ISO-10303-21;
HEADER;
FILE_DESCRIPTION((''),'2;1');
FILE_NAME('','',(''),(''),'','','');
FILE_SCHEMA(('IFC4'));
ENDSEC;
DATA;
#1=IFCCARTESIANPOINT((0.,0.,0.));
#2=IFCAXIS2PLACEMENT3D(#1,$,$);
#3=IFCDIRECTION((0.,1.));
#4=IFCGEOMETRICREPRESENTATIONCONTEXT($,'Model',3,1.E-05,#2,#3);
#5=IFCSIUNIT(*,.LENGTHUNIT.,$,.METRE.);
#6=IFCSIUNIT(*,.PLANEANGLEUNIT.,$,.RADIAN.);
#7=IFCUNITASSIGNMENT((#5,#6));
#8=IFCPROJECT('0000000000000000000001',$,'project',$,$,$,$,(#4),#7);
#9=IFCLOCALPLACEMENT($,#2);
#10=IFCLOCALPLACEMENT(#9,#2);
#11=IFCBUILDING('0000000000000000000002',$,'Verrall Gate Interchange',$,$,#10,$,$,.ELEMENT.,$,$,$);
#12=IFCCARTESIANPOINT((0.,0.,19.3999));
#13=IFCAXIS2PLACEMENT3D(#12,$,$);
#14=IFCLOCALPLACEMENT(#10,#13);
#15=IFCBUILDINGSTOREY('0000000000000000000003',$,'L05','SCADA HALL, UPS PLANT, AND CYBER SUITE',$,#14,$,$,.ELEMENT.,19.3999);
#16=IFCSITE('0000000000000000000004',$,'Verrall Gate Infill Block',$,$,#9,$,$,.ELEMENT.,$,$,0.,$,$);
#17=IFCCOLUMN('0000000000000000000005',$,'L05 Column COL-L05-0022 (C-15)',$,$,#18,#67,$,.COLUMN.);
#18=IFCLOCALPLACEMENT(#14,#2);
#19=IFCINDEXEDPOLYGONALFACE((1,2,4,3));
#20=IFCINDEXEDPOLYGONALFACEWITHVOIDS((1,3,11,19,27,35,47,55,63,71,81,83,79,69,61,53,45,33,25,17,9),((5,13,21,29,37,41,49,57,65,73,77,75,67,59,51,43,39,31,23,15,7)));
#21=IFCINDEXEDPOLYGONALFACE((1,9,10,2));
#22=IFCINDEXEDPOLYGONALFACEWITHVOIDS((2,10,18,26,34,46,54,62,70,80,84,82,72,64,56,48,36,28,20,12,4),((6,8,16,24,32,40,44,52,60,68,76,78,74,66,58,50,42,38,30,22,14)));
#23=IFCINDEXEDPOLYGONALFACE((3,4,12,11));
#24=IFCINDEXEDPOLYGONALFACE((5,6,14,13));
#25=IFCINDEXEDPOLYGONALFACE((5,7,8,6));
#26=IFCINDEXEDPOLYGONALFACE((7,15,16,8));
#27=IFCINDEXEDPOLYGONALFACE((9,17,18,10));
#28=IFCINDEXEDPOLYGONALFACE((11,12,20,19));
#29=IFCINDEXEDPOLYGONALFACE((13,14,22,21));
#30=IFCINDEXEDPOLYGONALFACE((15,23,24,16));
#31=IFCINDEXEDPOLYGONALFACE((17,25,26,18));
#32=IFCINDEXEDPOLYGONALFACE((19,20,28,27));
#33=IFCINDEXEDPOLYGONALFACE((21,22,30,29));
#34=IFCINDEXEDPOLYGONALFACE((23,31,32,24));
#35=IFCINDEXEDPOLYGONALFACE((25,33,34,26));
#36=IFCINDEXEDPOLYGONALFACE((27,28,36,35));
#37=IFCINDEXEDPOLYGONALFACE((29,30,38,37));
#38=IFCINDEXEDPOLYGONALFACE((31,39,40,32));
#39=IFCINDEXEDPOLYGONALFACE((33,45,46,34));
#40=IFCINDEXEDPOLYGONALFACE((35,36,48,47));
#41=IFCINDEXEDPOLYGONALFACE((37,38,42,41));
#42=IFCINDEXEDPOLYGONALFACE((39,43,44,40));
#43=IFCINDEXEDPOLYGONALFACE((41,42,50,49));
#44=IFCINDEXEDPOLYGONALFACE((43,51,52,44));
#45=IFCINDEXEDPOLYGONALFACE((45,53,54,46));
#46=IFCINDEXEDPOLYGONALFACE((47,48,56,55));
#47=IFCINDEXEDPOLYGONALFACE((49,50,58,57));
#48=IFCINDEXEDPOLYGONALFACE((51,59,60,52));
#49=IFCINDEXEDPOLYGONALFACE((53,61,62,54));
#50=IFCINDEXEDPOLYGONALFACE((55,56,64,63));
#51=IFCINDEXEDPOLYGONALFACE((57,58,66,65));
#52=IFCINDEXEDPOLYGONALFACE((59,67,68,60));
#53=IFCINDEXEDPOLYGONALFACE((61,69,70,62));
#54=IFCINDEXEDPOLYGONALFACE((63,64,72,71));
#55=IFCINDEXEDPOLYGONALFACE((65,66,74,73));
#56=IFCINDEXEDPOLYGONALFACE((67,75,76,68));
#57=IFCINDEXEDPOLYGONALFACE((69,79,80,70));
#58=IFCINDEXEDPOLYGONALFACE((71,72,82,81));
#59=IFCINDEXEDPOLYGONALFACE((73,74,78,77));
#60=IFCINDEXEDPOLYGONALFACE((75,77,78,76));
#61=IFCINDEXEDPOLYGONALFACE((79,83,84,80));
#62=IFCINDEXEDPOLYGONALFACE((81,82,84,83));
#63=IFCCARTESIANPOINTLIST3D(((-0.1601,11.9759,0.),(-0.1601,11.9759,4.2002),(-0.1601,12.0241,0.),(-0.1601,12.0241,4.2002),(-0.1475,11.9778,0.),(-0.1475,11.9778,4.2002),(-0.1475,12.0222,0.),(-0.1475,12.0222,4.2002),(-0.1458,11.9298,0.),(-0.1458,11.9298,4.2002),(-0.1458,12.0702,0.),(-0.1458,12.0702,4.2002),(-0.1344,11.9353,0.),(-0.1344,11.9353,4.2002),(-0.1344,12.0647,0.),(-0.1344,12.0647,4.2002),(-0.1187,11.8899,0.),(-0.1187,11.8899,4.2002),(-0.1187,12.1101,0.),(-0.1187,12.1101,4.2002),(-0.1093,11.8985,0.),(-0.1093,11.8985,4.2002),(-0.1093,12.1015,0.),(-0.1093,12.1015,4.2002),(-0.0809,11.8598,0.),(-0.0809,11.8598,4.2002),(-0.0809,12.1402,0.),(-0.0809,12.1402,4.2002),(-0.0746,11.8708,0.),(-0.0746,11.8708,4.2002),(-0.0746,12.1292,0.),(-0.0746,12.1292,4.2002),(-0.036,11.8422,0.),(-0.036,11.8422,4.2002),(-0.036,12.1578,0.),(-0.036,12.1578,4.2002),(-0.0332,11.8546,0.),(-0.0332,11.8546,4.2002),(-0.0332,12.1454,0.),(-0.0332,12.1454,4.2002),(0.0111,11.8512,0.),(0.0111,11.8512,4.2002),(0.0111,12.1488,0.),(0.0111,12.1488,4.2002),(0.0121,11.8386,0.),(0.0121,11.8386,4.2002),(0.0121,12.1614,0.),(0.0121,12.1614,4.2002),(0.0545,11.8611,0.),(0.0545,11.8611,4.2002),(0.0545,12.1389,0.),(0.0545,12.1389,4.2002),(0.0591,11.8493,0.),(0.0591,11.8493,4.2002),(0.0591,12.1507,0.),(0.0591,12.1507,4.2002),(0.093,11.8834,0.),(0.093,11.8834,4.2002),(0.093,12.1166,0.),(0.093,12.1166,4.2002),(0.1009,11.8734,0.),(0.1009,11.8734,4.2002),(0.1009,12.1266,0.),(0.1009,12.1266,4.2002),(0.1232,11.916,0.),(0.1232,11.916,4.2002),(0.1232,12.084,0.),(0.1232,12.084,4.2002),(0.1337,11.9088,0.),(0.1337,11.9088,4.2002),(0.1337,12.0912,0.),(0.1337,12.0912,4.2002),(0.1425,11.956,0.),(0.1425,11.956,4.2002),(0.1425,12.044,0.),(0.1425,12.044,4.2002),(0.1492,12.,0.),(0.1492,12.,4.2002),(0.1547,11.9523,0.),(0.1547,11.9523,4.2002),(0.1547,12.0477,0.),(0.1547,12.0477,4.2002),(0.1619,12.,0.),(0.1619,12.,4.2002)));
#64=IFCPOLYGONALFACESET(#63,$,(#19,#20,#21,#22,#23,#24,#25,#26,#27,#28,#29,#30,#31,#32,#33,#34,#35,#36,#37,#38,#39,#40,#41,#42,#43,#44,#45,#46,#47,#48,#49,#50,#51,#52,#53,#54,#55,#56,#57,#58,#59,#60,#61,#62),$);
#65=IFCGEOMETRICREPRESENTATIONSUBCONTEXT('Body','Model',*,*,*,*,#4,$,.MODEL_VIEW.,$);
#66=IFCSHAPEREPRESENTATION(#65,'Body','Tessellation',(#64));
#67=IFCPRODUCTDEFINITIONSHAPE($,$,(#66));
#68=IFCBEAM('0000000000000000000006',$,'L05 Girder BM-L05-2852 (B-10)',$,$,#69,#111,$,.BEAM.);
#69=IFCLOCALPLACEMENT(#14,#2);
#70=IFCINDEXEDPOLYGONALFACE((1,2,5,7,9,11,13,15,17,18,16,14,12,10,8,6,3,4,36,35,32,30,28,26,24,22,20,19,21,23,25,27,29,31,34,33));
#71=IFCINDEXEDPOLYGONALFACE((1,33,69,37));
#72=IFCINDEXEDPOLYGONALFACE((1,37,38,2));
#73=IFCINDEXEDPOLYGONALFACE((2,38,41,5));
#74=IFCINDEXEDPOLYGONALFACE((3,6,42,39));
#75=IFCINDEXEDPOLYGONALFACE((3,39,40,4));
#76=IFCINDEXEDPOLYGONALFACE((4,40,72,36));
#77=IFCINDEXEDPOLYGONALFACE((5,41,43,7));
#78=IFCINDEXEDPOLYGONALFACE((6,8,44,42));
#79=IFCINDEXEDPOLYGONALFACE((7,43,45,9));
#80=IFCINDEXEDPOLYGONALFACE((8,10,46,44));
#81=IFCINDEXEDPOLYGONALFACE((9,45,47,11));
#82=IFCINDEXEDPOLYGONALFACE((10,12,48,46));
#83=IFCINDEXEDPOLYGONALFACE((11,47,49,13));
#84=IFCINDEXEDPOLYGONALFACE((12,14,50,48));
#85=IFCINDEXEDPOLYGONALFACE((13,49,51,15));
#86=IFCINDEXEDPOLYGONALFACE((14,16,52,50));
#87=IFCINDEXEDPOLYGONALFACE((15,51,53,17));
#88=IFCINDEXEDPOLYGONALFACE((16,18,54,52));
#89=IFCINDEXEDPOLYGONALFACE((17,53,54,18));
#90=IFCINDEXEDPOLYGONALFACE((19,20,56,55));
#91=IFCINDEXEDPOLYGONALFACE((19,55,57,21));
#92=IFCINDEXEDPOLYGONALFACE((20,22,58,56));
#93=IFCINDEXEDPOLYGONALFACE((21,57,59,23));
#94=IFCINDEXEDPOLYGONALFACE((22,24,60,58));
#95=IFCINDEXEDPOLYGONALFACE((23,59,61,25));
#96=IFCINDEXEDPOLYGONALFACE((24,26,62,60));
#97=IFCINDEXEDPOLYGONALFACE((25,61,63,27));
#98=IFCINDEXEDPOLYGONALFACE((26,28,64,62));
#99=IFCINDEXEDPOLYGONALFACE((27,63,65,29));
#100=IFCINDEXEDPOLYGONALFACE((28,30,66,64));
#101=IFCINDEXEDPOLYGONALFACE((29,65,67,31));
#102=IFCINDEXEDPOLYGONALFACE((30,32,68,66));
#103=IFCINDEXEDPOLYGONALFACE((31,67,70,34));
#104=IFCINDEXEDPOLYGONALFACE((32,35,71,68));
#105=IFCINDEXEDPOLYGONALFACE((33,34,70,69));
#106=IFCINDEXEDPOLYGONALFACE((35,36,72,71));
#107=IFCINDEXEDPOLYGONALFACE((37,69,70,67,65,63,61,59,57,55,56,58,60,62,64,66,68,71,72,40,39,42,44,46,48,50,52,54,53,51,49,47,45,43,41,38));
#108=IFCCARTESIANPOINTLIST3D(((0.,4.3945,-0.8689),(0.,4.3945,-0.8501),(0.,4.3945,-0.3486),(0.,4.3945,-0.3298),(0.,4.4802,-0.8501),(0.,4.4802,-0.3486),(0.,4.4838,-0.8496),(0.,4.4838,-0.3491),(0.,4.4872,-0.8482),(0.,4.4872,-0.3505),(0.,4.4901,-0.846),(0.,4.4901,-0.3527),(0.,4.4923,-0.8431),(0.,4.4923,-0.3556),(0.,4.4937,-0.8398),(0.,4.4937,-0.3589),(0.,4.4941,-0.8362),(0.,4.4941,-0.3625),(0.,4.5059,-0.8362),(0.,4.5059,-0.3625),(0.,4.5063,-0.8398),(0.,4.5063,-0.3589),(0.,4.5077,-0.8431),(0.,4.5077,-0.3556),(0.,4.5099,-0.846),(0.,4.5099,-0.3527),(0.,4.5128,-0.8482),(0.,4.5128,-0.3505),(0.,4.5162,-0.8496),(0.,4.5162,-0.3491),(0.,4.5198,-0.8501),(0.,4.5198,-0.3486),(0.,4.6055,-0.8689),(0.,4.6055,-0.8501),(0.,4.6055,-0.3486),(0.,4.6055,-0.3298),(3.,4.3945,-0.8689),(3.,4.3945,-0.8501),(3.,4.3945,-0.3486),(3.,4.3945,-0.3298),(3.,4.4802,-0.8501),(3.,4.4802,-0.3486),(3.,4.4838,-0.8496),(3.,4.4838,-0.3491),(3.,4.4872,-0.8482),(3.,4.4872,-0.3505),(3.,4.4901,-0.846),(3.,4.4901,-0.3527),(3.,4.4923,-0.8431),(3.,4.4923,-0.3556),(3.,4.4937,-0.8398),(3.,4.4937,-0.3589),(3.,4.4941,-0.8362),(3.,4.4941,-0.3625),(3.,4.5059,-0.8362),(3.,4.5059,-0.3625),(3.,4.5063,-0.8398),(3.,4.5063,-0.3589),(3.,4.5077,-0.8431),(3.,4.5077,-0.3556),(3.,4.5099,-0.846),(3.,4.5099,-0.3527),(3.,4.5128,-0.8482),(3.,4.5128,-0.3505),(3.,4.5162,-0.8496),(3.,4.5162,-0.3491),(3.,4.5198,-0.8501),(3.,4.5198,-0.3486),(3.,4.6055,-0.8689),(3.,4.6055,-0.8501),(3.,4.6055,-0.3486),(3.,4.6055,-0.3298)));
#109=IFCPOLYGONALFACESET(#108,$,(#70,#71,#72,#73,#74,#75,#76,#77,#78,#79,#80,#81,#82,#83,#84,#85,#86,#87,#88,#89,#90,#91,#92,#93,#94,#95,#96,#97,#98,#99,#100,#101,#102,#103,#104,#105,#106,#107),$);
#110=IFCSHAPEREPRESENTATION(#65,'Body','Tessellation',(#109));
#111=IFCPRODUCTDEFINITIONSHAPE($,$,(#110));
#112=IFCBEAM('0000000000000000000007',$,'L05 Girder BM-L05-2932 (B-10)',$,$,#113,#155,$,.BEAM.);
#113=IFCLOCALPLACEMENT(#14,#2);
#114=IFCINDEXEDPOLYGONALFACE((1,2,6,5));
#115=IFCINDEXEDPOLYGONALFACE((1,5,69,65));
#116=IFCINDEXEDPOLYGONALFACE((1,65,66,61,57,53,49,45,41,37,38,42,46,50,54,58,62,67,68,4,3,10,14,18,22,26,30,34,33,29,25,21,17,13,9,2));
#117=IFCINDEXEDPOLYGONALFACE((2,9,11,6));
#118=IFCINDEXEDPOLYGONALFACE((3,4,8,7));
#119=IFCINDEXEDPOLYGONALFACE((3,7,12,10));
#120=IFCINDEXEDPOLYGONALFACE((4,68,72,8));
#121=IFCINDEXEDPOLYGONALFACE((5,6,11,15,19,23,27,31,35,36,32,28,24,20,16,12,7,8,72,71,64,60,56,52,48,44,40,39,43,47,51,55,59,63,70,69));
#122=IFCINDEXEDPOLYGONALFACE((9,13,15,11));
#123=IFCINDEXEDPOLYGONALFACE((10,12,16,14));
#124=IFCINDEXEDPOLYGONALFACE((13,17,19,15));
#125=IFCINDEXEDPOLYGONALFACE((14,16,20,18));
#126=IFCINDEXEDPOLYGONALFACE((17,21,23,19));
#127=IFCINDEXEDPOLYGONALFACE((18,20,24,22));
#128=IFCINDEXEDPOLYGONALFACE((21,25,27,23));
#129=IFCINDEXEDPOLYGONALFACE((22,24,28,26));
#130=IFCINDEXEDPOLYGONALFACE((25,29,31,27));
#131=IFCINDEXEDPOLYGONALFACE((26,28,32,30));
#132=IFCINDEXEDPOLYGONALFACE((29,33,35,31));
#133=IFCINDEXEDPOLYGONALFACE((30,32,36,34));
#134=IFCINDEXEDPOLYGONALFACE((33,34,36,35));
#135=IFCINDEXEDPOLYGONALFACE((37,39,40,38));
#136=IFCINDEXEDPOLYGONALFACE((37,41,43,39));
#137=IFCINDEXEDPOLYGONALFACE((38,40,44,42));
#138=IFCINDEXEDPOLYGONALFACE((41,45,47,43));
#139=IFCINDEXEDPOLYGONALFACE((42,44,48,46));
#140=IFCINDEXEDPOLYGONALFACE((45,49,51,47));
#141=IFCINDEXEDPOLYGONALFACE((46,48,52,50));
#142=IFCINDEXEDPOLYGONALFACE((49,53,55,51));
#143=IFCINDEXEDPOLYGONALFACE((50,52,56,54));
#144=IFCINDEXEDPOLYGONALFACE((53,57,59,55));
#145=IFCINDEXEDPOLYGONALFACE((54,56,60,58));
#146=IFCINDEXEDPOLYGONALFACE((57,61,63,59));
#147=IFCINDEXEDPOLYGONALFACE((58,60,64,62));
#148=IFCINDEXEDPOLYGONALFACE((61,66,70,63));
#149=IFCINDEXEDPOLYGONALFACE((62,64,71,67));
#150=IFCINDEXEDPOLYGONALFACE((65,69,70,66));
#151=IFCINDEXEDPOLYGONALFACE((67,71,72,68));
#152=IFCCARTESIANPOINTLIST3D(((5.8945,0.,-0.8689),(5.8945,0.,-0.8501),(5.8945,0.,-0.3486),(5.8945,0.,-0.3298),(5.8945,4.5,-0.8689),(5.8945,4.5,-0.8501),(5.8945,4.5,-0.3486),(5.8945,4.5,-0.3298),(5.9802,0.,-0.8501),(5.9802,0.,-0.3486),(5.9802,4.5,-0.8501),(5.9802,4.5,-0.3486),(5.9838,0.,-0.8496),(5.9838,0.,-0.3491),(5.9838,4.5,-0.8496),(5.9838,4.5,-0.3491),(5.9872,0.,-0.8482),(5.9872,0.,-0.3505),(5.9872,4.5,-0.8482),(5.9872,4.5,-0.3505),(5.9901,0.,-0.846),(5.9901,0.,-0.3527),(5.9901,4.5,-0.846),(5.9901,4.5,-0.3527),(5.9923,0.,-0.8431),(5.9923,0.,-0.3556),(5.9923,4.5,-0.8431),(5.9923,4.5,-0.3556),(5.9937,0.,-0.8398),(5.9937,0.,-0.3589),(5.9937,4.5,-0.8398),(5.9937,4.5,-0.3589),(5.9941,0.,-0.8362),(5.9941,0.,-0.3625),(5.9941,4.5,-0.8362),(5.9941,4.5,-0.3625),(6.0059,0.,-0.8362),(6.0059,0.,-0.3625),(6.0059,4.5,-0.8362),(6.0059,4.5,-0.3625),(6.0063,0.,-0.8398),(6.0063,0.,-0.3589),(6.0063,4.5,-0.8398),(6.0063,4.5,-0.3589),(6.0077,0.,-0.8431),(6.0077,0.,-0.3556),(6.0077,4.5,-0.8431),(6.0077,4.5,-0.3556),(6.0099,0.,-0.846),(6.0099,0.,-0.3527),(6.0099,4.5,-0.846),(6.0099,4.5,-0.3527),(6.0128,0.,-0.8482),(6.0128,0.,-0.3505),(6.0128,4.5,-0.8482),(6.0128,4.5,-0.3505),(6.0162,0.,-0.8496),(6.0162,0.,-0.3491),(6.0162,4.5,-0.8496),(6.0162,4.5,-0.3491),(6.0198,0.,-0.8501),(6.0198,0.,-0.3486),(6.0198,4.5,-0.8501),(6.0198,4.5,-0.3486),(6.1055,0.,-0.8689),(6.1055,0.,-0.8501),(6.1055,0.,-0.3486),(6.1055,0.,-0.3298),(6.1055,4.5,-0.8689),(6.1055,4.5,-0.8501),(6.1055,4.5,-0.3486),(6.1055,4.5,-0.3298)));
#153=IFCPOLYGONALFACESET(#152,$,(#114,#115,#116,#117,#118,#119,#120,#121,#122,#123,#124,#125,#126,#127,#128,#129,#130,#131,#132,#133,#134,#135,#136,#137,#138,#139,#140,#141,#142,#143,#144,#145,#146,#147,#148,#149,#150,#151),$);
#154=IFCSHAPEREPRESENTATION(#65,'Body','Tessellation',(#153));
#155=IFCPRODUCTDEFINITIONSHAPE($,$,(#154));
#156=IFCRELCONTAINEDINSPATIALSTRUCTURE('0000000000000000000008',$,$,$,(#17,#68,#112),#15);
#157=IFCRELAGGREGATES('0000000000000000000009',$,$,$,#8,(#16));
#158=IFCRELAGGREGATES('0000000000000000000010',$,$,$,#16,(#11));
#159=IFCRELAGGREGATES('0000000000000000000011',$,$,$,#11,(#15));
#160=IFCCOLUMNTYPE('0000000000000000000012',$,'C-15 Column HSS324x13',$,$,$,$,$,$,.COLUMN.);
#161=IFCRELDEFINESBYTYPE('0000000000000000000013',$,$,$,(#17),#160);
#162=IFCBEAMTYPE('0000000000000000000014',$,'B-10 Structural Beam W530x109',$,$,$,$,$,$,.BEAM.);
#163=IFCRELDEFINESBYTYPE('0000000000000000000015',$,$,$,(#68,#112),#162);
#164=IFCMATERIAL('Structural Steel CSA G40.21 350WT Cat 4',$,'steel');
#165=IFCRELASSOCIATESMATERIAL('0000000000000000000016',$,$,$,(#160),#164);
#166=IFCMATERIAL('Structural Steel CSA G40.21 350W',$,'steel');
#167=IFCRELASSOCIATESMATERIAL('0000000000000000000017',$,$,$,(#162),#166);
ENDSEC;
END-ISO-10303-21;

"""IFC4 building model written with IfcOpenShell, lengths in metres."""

from ifc_helpers import new_model, si_unit, direction, frame, origin, origin_2d, place, context, subcontext, project, spatial, hollow_circle, i_section, extrude, material, material_profile, profile_set, type_object, element, save


model = new_model("IFC4")

# Units and contexts
model_context = context("Model", 3, precision=1e-05, world=origin(), true_north=direction((0.0, 1.0)))
body_context = subcontext(model_context, "Body", "Model", "MODEL_VIEW")
ifc_project = project(units=[si_unit("LENGTHUNIT", "METRE"), si_unit("PLANEANGLEUNIT", "RADIAN")], contexts=[model_context])

# Site, building, storey
site_placement = place(None, origin())
site = spatial("IfcSite", under=ifc_project, at=site_placement, Name="Verrall Gate Infill Block", CompositionType="ELEMENT", RefElevation=0.0)
building_placement = place(site_placement, origin())
building = spatial("IfcBuilding", under=site, at=building_placement, Name="Verrall Gate Interchange", CompositionType="ELEMENT")
storey_placement = place(building_placement, frame((0.0, 0.0, 19.3999)))
storey = spatial("IfcBuildingStorey", under=building, at=storey_placement, Name="L05", Description="SCADA HALL, UPS PLANT, AND CYBER SUITE", CompositionType="ELEMENT", Elevation=19.3999)

# Column
ifc_material_1 = material(Name="Structural Steel CSA G40.21 350WT Cat 4", Category="steel")
ifc_material_profile_1 = material_profile(ifc_material_1, hollow_circle(Radius=0.1619, WallThickness=0.0127, at=origin_2d()), Name="HSS324x13")
ifc_profile_set_1 = profile_set([ifc_material_profile_1], Name="Structural Steel CSA G40.21 350WT Cat 4")
column_type_1 = type_object("IfcColumnType", Name="C-15 Column HSS324x13", PredefinedType="COLUMN", material=ifc_profile_set_1)
for number, where, z_axis, x_axis, name in (
    (1, (0.0, 12.0, 0.0), (0.0, 0.0, 1.0), (1.0, 0.0, 0.0), "L05 Column COL-L05-0022 (C-15)"),
):
    element("IfcColumn", number, at=place(storey_placement, frame(where, z_axis=z_axis, x_axis=x_axis)), inside=storey, type_object=column_type_1, Name=name, PredefinedType="COLUMN", context=body_context, shape_type="SweptSolid", body=[
        extrude(hollow_circle(Radius=0.1619, WallThickness=0.0127, at=origin_2d()), origin(), (0.0, 0.0, 1.0), 4.2002),
    ])

# Beams
ifc_material_2 = material(Name="Structural Steel CSA G40.21 350W", Category="steel")
ifc_material_profile_2 = material_profile(ifc_material_2, i_section(OverallWidth=0.2109, OverallDepth=0.5391, WebThickness=0.0117, FlangeThickness=0.0188, FilletRadius=0.0139, at=origin_2d()), Name="W530x109")
ifc_profile_set_2 = profile_set([ifc_material_profile_2], Name="Structural Steel CSA G40.21 350W")
beam_type_1 = type_object("IfcBeamType", Name="B-10 Structural Beam W530x109", PredefinedType="BEAM", material=ifc_profile_set_2)
beam_1_placement = place(storey_placement, frame((0.0, 4.5, -0.5994), z_axis=(1.0, 0.0, 0.0), x_axis=(0.0, 1.0, 0.0)))
element("IfcBeam", 2, at=beam_1_placement, inside=storey, type_object=beam_type_1, Name="L05 Girder BM-L05-2852 (B-10)", PredefinedType="BEAM", context=body_context, shape_type="SweptSolid", body=[
    extrude(i_section(OverallWidth=0.2109, OverallDepth=0.5391, WebThickness=0.0117, FlangeThickness=0.0188, FilletRadius=0.0139, at=origin_2d()), origin(), (0.0, 0.0, 1.0), 3.0),
])
beam_2_placement = place(storey_placement, frame((6.0, 0.0, -0.5994), z_axis=(0.0, 1.0, 0.0), x_axis=(-1.0, 0.0, 0.0)))
element("IfcBeam", 3, at=beam_2_placement, inside=storey, type_object=beam_type_1, Name="L05 Girder BM-L05-2932 (B-10)", PredefinedType="BEAM", context=body_context, shape_type="SweptSolid", body=[
    extrude(i_section(OverallWidth=0.2109, OverallDepth=0.5391, WebThickness=0.0117, FlangeThickness=0.0188, FilletRadius=0.0139, at=origin_2d()), origin(), (0.0, 0.0, 1.0), 4.5),
])

save(model, "model.ifc")
